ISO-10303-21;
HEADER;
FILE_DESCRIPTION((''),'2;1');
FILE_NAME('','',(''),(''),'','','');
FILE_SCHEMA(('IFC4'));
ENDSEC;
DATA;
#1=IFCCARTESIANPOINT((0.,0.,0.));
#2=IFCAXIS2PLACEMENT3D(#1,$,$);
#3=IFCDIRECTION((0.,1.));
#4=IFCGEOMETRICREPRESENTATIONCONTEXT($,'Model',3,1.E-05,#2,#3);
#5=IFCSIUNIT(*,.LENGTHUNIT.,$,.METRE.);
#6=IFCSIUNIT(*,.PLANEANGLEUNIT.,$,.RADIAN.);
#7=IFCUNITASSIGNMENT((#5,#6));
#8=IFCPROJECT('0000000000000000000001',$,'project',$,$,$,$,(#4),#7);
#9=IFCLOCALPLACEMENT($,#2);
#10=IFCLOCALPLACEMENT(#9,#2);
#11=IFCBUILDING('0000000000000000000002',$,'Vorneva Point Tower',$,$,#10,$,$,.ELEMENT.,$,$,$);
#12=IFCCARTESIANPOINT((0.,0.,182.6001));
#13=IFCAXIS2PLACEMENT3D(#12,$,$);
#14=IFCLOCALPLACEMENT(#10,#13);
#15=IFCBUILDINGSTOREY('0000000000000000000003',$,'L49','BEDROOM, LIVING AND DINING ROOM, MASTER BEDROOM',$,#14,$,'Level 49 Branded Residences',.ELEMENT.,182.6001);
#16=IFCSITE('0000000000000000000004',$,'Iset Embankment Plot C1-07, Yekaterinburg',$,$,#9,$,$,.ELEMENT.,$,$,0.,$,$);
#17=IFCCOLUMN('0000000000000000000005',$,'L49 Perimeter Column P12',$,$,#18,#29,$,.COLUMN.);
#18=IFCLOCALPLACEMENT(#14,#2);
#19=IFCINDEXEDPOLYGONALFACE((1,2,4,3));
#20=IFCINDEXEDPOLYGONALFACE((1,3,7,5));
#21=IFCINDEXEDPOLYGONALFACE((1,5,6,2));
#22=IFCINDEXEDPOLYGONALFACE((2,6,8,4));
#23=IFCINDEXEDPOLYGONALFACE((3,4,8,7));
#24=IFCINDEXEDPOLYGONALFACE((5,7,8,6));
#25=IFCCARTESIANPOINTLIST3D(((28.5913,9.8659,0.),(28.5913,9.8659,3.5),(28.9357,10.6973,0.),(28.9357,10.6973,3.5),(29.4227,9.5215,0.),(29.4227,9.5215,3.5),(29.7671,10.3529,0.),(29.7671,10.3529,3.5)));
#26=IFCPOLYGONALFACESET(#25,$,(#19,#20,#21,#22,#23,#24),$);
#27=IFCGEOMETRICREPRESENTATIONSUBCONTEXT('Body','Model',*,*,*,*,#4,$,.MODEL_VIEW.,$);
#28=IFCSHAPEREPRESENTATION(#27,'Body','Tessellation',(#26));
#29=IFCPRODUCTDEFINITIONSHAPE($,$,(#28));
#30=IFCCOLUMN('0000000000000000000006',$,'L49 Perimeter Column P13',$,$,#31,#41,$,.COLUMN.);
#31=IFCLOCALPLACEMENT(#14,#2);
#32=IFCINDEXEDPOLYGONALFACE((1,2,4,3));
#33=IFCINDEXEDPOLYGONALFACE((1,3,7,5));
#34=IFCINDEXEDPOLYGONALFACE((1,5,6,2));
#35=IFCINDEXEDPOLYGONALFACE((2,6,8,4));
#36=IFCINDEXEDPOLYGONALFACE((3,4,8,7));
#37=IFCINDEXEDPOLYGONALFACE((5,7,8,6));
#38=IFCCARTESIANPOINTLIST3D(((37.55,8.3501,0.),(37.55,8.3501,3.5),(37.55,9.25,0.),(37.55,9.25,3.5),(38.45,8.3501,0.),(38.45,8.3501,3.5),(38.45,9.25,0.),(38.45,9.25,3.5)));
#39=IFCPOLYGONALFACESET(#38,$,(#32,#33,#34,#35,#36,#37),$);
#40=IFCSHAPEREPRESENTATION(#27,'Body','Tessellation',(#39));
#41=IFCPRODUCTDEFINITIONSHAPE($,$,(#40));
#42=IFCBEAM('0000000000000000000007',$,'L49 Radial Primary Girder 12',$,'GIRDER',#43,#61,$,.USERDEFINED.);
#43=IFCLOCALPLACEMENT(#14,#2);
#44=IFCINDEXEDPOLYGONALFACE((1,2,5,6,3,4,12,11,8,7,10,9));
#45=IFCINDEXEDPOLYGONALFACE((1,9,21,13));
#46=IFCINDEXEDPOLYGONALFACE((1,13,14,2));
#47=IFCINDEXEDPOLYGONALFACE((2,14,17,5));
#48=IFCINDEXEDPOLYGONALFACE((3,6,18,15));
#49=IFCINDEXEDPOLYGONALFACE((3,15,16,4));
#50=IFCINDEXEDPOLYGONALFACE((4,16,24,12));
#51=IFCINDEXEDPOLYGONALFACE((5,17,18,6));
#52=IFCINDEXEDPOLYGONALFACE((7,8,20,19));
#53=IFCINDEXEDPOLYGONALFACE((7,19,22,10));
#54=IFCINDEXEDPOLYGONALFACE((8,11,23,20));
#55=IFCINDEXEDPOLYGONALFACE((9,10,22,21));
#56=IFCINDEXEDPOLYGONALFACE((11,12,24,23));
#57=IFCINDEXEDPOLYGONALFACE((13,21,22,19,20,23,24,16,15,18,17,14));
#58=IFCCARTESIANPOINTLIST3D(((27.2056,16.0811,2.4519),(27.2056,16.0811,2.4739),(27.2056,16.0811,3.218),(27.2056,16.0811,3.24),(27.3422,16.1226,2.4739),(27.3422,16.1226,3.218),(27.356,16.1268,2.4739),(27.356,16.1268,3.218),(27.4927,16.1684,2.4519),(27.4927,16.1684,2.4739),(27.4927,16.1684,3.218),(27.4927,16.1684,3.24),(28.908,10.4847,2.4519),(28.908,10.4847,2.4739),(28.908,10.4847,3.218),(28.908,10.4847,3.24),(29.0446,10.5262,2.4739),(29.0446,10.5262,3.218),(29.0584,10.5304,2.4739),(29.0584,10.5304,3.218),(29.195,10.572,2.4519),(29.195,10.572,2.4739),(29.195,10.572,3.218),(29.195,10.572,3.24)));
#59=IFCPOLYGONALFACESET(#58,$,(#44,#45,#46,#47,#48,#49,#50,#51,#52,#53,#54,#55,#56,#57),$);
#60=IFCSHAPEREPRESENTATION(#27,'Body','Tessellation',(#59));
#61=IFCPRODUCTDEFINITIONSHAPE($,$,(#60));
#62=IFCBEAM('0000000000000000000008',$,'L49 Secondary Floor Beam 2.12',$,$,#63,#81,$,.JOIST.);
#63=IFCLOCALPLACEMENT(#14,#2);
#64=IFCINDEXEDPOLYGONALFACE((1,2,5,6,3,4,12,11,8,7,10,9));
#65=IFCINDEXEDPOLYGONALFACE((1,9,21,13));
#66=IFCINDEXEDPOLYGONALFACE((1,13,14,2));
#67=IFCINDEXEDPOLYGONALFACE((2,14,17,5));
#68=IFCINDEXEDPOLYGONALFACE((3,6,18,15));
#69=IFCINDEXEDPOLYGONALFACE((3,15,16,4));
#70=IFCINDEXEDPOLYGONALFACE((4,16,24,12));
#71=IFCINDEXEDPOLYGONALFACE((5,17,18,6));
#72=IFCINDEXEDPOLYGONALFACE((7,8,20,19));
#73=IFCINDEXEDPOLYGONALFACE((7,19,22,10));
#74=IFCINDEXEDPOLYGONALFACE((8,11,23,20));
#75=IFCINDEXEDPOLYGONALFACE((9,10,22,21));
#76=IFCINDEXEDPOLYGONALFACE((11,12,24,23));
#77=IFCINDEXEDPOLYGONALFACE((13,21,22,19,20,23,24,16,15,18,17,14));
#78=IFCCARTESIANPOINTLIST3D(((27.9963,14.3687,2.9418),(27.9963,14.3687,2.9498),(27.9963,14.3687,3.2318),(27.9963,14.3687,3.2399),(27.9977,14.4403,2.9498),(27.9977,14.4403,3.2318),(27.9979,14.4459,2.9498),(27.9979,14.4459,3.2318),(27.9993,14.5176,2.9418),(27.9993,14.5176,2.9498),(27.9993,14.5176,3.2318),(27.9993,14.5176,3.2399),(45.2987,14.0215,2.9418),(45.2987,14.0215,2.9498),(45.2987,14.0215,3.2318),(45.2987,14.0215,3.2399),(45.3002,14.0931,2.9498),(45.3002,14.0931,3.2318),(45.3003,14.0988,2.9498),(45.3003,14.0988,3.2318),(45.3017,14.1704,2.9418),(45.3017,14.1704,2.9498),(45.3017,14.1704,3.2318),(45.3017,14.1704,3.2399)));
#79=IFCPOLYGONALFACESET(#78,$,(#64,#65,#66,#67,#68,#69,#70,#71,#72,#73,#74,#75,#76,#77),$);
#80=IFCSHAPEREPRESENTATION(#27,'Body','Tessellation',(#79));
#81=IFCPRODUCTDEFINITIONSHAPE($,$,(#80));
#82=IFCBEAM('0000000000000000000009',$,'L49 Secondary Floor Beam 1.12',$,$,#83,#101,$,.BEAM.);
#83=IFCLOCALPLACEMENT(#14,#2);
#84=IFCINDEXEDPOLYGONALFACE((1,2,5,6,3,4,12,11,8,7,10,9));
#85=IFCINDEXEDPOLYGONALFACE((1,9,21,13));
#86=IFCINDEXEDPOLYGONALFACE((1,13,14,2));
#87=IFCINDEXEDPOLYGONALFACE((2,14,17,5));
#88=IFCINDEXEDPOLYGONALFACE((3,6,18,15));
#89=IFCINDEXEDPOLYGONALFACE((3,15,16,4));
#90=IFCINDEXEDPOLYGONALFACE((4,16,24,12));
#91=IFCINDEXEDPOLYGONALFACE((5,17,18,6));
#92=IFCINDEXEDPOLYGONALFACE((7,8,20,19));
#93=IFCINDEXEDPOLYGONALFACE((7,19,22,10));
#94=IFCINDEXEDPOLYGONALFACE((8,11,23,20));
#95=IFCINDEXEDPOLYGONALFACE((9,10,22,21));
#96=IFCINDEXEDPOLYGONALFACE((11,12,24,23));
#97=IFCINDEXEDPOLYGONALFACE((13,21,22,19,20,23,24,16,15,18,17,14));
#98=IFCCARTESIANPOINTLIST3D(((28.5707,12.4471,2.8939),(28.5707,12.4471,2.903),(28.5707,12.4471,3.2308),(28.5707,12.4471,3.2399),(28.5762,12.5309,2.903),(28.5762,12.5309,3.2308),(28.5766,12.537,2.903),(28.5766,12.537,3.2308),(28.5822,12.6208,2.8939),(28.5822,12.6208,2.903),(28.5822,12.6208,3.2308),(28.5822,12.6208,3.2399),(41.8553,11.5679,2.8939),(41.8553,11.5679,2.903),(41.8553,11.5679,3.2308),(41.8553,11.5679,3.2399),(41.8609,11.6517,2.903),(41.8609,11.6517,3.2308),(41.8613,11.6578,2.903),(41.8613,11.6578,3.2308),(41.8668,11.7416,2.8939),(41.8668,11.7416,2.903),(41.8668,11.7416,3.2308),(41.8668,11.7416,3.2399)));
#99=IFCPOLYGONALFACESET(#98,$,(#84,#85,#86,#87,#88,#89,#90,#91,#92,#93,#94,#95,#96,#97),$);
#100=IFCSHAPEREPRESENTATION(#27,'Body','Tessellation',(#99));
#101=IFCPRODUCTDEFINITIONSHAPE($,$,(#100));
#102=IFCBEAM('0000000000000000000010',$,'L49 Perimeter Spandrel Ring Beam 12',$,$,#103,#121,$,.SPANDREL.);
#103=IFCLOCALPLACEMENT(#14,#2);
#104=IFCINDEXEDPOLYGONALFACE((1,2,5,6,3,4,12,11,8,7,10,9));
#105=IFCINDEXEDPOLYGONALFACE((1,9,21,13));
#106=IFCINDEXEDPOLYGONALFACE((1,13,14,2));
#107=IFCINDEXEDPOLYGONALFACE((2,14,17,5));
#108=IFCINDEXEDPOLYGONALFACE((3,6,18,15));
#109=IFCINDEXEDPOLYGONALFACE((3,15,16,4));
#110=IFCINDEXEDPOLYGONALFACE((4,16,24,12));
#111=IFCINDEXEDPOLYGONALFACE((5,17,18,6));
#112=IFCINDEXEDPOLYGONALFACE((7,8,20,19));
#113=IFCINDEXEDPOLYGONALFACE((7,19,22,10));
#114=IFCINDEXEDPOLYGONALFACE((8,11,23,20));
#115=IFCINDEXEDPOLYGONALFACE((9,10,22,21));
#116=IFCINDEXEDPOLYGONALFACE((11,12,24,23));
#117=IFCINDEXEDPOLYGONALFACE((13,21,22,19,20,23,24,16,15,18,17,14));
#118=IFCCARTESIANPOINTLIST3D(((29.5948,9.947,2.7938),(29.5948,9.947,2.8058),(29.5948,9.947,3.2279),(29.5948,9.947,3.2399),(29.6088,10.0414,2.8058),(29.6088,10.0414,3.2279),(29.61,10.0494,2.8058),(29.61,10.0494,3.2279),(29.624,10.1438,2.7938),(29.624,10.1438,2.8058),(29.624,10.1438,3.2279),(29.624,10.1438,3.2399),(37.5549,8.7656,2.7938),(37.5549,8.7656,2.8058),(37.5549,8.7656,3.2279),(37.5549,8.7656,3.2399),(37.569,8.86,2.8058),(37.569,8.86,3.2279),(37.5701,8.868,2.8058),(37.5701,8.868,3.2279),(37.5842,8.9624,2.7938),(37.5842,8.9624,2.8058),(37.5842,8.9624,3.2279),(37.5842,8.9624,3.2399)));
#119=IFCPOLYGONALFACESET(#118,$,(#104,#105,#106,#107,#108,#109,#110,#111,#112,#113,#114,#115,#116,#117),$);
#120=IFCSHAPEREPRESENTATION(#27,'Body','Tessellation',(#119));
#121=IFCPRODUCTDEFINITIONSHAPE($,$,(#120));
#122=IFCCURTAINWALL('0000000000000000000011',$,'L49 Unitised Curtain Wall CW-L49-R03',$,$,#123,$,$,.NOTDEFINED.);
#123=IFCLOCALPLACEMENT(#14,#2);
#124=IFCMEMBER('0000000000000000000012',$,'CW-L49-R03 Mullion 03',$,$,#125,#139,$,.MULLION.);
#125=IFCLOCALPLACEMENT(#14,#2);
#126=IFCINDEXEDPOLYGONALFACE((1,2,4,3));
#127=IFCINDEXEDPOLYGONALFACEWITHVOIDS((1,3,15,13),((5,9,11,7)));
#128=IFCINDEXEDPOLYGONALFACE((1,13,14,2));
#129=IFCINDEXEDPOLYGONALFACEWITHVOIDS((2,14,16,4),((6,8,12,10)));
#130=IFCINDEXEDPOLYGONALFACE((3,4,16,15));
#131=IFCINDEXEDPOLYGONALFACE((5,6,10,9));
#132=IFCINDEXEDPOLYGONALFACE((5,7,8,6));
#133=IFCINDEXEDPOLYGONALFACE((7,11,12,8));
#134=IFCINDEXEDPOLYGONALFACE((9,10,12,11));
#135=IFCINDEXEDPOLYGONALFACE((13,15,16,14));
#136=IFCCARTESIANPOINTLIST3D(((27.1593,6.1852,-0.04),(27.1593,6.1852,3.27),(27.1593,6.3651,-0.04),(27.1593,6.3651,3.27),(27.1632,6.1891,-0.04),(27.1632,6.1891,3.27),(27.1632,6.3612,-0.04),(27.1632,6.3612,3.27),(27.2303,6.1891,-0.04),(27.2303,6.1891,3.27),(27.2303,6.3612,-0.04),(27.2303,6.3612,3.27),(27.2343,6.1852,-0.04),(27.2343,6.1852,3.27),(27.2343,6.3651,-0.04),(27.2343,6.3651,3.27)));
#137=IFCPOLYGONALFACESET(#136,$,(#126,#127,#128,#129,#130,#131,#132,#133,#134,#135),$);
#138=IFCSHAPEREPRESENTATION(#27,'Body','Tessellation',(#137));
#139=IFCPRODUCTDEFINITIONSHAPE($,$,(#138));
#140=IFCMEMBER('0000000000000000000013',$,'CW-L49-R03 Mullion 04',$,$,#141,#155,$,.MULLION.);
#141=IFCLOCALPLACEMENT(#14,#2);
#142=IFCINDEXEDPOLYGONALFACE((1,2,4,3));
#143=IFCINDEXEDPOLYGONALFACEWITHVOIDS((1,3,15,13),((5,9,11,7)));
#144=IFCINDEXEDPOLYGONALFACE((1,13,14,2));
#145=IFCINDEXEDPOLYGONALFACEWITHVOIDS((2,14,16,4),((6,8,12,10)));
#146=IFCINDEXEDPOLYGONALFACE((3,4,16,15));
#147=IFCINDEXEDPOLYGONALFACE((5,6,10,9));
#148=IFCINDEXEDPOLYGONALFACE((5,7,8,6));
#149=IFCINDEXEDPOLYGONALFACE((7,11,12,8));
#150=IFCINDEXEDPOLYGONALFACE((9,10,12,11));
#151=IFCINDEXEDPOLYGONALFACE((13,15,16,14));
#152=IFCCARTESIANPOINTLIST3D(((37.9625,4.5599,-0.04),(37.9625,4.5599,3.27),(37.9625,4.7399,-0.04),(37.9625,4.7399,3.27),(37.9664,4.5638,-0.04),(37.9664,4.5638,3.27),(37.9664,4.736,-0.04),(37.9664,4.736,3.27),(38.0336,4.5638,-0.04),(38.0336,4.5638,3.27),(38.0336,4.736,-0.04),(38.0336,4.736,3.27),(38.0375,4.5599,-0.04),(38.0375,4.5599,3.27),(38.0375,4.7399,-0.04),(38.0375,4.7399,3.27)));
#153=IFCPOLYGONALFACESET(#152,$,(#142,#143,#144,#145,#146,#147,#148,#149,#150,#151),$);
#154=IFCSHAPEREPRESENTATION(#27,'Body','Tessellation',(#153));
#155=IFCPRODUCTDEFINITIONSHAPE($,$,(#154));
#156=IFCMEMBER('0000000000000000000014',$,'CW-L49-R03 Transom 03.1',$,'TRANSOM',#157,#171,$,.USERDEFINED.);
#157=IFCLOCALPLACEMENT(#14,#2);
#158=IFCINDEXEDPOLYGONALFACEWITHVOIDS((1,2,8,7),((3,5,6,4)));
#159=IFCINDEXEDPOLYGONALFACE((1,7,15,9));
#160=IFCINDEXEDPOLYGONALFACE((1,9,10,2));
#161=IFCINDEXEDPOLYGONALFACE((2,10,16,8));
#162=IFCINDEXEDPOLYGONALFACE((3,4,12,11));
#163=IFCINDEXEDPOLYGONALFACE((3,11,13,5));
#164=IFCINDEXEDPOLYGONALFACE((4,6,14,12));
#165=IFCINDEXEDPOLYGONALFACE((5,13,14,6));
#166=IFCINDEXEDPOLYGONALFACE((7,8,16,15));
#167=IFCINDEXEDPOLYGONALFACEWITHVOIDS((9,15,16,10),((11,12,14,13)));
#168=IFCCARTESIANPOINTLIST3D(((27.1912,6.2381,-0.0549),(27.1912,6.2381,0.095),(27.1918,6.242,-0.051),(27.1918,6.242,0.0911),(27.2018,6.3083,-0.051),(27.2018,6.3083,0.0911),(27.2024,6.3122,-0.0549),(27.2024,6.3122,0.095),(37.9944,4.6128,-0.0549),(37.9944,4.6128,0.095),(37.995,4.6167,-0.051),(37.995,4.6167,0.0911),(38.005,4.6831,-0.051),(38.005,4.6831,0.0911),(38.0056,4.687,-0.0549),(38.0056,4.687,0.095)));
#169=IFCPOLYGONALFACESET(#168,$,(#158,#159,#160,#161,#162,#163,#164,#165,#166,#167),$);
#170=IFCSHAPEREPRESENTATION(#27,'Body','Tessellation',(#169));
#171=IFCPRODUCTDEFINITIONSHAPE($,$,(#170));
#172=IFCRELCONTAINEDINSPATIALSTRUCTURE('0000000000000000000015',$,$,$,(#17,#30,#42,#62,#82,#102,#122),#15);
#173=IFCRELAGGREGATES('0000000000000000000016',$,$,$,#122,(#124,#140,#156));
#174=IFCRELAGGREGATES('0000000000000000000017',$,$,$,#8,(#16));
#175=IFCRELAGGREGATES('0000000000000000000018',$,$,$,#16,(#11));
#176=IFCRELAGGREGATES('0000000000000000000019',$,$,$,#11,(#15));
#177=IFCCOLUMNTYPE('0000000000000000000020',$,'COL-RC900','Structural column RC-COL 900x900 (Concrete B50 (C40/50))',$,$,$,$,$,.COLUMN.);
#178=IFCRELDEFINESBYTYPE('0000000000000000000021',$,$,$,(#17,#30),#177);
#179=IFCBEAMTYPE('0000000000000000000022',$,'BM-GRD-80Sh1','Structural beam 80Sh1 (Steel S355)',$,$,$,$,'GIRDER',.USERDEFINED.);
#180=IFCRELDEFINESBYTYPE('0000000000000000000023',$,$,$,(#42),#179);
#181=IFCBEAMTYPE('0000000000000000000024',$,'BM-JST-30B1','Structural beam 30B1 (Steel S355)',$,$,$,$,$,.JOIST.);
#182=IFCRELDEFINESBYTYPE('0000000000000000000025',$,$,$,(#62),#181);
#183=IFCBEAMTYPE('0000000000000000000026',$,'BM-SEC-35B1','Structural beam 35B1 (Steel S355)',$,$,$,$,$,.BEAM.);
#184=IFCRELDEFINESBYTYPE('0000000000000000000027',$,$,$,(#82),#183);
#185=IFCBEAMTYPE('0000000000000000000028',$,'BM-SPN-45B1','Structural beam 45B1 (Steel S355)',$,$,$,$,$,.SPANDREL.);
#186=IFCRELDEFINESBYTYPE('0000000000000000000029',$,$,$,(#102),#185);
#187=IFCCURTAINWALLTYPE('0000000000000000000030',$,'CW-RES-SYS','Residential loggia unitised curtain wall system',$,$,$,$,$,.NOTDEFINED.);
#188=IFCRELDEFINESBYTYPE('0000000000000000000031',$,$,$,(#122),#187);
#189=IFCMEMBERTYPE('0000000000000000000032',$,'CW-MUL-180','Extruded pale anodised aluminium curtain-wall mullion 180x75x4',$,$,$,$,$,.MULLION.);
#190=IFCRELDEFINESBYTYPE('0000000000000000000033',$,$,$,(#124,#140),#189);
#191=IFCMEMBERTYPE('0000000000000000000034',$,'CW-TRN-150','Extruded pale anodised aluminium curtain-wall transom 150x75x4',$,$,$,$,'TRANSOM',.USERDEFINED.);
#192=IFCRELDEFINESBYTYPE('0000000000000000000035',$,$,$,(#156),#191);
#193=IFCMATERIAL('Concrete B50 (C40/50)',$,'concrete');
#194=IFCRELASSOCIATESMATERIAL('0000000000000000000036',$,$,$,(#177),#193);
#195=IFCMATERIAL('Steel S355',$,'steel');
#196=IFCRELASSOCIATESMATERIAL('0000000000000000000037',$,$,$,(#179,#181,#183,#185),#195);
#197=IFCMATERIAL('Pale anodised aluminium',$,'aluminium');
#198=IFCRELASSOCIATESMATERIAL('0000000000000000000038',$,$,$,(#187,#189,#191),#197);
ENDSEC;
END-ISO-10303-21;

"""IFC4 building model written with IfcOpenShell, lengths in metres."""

from ifc_helpers import new_model, si_unit, direction, frame, origin, origin_2d, place, context, subcontext, project, spatial, rectangle, hollow_rectangle, i_section, extrude, material, material_profile, profile_set, type_object, element, aggregate, save


model = new_model("IFC4")

# Units and contexts
model_context = context("Model", 3, precision=1e-05, world=origin(), true_north=direction((0.0, 1.0)))
body_context = subcontext(model_context, "Body", "Model", "MODEL_VIEW")
ifc_project = project(units=[si_unit("LENGTHUNIT", "METRE"), si_unit("PLANEANGLEUNIT", "RADIAN")], contexts=[model_context])

# Site, building, storey
site_placement = place(None, origin())
site = spatial("IfcSite", under=ifc_project, at=site_placement, Name="Iset Embankment Plot C1-07, Yekaterinburg", CompositionType="ELEMENT", RefElevation=0.0)
building_placement = place(site_placement, origin())
building = spatial("IfcBuilding", under=site, at=building_placement, Name="Vorneva Point Tower", CompositionType="ELEMENT")
storey_placement = place(building_placement, frame((0.0, 0.0, 182.6001)))
storey = spatial("IfcBuildingStorey", under=building, at=storey_placement, Name="L49", Description="BEDROOM, LIVING AND DINING ROOM, MASTER BEDROOM", LongName="Level 49 Branded Residences", CompositionType="ELEMENT", Elevation=182.6001)

# Columns
ifc_material_1 = material(Name="Concrete B50 (C40/50)", Category="concrete")
ifc_material_profile_1 = material_profile(ifc_material_1, rectangle(XDim=0.8999, YDim=0.8999, at=origin_2d()), Name="RC-COL 900x900")
ifc_profile_set_1 = profile_set([ifc_material_profile_1], Name="Concrete B50 (C40/50)")
column_type = type_object("IfcColumnType", Name="COL-RC900", Description="Structural column RC-COL 900x900 (Concrete B50 (C40/50))", PredefinedType="COLUMN", material=ifc_profile_set_1)
for number, where, z_axis, x_axis, name in (
    (1, (29.1792, 10.1094, 0.0), (0.0, 0.0, 1.0), (-0.382683, -0.92388, 0.0), "L49 Perimeter Column P12"),
    (2, (38.0, 8.8, 0.0), (0.0, 0.0, 1.0), (0.0, -1.0, 0.0), "L49 Perimeter Column P13"),
):
    element("IfcColumn", number, at=place(storey_placement, frame(where, z_axis=z_axis, x_axis=x_axis)), inside=storey, type_object=column_type, Name=name, PredefinedType="COLUMN", context=body_context, shape_type="SweptSolid", body=[
        extrude(rectangle(XDim=0.8999, YDim=0.8999, at=origin_2d()), origin(), (0.0, 0.0, 1.0), 3.5),
    ])

# Beams
ifc_material_2 = material(Name="Steel S355", Category="steel")
ifc_material_profile_2 = material_profile(ifc_material_2, i_section(OverallWidth=0.3, OverallDepth=0.7881, WebThickness=0.0144, FlangeThickness=0.022, at=origin_2d()), Name="80Sh1")
ifc_profile_set_2 = profile_set([ifc_material_profile_2], Name="Steel S355")
beam_type_1 = type_object("IfcBeamType", Name="BM-GRD-80Sh1", Description="Structural beam 80Sh1 (Steel S355)", ElementType="GIRDER", PredefinedType="USERDEFINED", material=ifc_profile_set_2)
beam_1_placement = place(storey_placement, frame((29.0515, 10.5283, 2.8459), z_axis=(-0.291025, 0.956715, 0.0), x_axis=(-0.956715, -0.291025, 0.0)))
element("IfcBeam", 3, at=beam_1_placement, inside=storey, type_object=beam_type_1, Name="L49 Radial Primary Girder 12", ObjectType="GIRDER", PredefinedType="USERDEFINED", context=body_context, shape_type="SweptSolid", body=[
    extrude(i_section(OverallWidth=0.3, OverallDepth=0.7881, WebThickness=0.0144, FlangeThickness=0.022, at=origin_2d()), origin(), (0.0, 0.0, 1.0), 5.8496),
])
ifc_material_profile_3 = material_profile(ifc_material_2, i_section(OverallWidth=0.1489, OverallDepth=0.2981, WebThickness=0.0056, FlangeThickness=0.0081, at=origin_2d()), Name="30B1")
ifc_profile_set_3 = profile_set([ifc_material_profile_3], Name="Steel S355")
beam_type_2 = type_object("IfcBeamType", Name="BM-JST-30B1", Description="Structural beam 30B1 (Steel S355)", PredefinedType="JOIST", material=ifc_profile_set_3)
beam_2_placement = place(storey_placement, frame((27.9978, 14.4431, 3.0908), z_axis=(0.999799, -0.020061, 0.0), x_axis=(0.020061, 0.999799, 0.0)))
element("IfcBeam", 4, at=beam_2_placement, inside=storey, type_object=beam_type_2, Name="L49 Secondary Floor Beam 2.12", PredefinedType="JOIST", context=body_context, shape_type="SweptSolid", body=[
    extrude(i_section(OverallWidth=0.1489, OverallDepth=0.2981, WebThickness=0.0056, FlangeThickness=0.0081, at=origin_2d()), origin(), (0.0, 0.0, 1.0), 17.3059),
])
ifc_material_profile_4 = material_profile(ifc_material_2, i_section(OverallWidth=0.1741, OverallDepth=0.3459, WebThickness=0.0061, FlangeThickness=0.009, at=origin_2d()), Name="35B1")
ifc_profile_set_4 = profile_set([ifc_material_profile_4], Name="Steel S355")
beam_type_3 = type_object("IfcBeamType", Name="BM-SEC-35B1", Description="Structural beam 35B1 (Steel S355)", PredefinedType="BEAM", material=ifc_profile_set_4)
beam_3_placement = place(storey_placement, frame((28.5764, 12.5339, 3.0669), z_axis=(0.997817, -0.066033, 0.0), x_axis=(0.066033, 0.997817, 0.0)))
element("IfcBeam", 5, at=beam_3_placement, inside=storey, type_object=beam_type_3, Name="L49 Secondary Floor Beam 1.12", PredefinedType="BEAM", context=body_context, shape_type="SweptSolid", body=[
    extrude(i_section(OverallWidth=0.1741, OverallDepth=0.3459, WebThickness=0.0061, FlangeThickness=0.009, at=origin_2d()), origin(), (0.0, 0.0, 1.0), 13.3137),
])
ifc_material_profile_5 = material_profile(ifc_material_2, i_section(OverallWidth=0.199, OverallDepth=0.446, WebThickness=0.0081, FlangeThickness=0.012, at=origin_2d()), Name="45B1")
ifc_profile_set_5 = profile_set([ifc_material_profile_5], Name="Steel S355")
beam_type_4 = type_object("IfcBeamType", Name="BM-SPN-45B1", Description="Structural beam 45B1 (Steel S355)", PredefinedType="SPANDREL", material=ifc_profile_set_5)
beam_4_placement = place(storey_placement, frame((29.6094, 10.0454, 3.0168), z_axis=(0.989165, -0.146805, 0.0), x_axis=(0.146805, 0.989165, 0.0)))
element("IfcBeam", 6, at=beam_4_placement, inside=storey, type_object=beam_type_4, Name="L49 Perimeter Spandrel Ring Beam 12", PredefinedType="SPANDREL", context=body_context, shape_type="SweptSolid", body=[
    extrude(i_section(OverallWidth=0.199, OverallDepth=0.446, WebThickness=0.0081, FlangeThickness=0.012, at=origin_2d()), origin(), (0.0, 0.0, 1.0), 8.0474),
])

# Curtain wall, members
ifc_material_3 = material(Name="Pale anodised aluminium", Category="aluminium")
curtain_wall_type = type_object("IfcCurtainWallType", Name="CW-RES-SYS", Description="Residential loggia unitised curtain wall system", PredefinedType="NOTDEFINED", material=ifc_material_3)
curtain_wall_placement = place(storey_placement, origin())
curtain_wall = element("IfcCurtainWall", 7, at=curtain_wall_placement, inside=storey, type_object=curtain_wall_type, Name="L49 Unitised Curtain Wall CW-L49-R03", PredefinedType="NOTDEFINED")
ifc_material_profile_6 = material_profile(ifc_material_3, hollow_rectangle(XDim=0.075, YDim=0.1799, WallThickness=0.0039, at=origin_2d()), Name="AL-MUL 180x75x4")
ifc_profile_set_6 = profile_set([ifc_material_profile_6], Name="Pale anodised aluminium")
member_type_1 = type_object("IfcMemberType", Name="CW-MUL-180", Description="Extruded pale anodised aluminium curtain-wall mullion 180x75x4", PredefinedType="MULLION", material=ifc_profile_set_6)
member_1_placement = place(storey_placement, frame((27.1968, 6.2751, -0.04), z_axis=(0.0, 0.0, 1.0), x_axis=(1.0, 0.0, 0.0)))
member_1 = element("IfcMember", 8, at=member_1_placement, type_object=member_type_1, Name="CW-L49-R03 Mullion 03", PredefinedType="MULLION", context=body_context, shape_type="SweptSolid", body=[
    extrude(hollow_rectangle(XDim=0.075, YDim=0.1799, WallThickness=0.0039, at=origin_2d()), origin(), (0.0, 0.0, 1.0), 3.3101),
])
member_2_placement = place(storey_placement, frame((38.0, 4.6499, -0.04), z_axis=(0.0, 0.0, 1.0), x_axis=(1.0, 0.0, 0.0)))
member_2 = element("IfcMember", 9, at=member_2_placement, type_object=member_type_1, Name="CW-L49-R03 Mullion 04", PredefinedType="MULLION", context=body_context, shape_type="SweptSolid", body=[
    extrude(hollow_rectangle(XDim=0.075, YDim=0.1799, WallThickness=0.0039, at=origin_2d()), origin(), (0.0, 0.0, 1.0), 3.3101),
])
ifc_material_profile_7 = material_profile(ifc_material_3, hollow_rectangle(XDim=0.075, YDim=0.1499, WallThickness=0.0039, at=origin_2d()), Name="AL-TRN 150x75x4")
ifc_profile_set_7 = profile_set([ifc_material_profile_7], Name="Pale anodised aluminium")
member_type_2 = type_object("IfcMemberType", Name="CW-TRN-150", Description="Extruded pale anodised aluminium curtain-wall transom 150x75x4", ElementType="TRANSOM", PredefinedType="USERDEFINED", material=ifc_profile_set_7)
member_3_placement = place(storey_placement, frame((27.1968, 6.2751, 0.02), z_axis=(0.988872, -0.148767, 0.0), x_axis=(0.148767, 0.988872, 0.0)))
member_3 = element("IfcMember", 10, at=member_3_placement, type_object=member_type_2, Name="CW-L49-R03 Transom 03.1", ObjectType="TRANSOM", PredefinedType="USERDEFINED", context=body_context, shape_type="SweptSolid", body=[
    extrude(hollow_rectangle(XDim=0.075, YDim=0.1499, WallThickness=0.0039, at=origin_2d()), origin(), (0.0, 0.0, 1.0), 10.9248),
])
aggregate(curtain_wall, [member_1, member_2, member_3])

save(model, "model.ifc")
